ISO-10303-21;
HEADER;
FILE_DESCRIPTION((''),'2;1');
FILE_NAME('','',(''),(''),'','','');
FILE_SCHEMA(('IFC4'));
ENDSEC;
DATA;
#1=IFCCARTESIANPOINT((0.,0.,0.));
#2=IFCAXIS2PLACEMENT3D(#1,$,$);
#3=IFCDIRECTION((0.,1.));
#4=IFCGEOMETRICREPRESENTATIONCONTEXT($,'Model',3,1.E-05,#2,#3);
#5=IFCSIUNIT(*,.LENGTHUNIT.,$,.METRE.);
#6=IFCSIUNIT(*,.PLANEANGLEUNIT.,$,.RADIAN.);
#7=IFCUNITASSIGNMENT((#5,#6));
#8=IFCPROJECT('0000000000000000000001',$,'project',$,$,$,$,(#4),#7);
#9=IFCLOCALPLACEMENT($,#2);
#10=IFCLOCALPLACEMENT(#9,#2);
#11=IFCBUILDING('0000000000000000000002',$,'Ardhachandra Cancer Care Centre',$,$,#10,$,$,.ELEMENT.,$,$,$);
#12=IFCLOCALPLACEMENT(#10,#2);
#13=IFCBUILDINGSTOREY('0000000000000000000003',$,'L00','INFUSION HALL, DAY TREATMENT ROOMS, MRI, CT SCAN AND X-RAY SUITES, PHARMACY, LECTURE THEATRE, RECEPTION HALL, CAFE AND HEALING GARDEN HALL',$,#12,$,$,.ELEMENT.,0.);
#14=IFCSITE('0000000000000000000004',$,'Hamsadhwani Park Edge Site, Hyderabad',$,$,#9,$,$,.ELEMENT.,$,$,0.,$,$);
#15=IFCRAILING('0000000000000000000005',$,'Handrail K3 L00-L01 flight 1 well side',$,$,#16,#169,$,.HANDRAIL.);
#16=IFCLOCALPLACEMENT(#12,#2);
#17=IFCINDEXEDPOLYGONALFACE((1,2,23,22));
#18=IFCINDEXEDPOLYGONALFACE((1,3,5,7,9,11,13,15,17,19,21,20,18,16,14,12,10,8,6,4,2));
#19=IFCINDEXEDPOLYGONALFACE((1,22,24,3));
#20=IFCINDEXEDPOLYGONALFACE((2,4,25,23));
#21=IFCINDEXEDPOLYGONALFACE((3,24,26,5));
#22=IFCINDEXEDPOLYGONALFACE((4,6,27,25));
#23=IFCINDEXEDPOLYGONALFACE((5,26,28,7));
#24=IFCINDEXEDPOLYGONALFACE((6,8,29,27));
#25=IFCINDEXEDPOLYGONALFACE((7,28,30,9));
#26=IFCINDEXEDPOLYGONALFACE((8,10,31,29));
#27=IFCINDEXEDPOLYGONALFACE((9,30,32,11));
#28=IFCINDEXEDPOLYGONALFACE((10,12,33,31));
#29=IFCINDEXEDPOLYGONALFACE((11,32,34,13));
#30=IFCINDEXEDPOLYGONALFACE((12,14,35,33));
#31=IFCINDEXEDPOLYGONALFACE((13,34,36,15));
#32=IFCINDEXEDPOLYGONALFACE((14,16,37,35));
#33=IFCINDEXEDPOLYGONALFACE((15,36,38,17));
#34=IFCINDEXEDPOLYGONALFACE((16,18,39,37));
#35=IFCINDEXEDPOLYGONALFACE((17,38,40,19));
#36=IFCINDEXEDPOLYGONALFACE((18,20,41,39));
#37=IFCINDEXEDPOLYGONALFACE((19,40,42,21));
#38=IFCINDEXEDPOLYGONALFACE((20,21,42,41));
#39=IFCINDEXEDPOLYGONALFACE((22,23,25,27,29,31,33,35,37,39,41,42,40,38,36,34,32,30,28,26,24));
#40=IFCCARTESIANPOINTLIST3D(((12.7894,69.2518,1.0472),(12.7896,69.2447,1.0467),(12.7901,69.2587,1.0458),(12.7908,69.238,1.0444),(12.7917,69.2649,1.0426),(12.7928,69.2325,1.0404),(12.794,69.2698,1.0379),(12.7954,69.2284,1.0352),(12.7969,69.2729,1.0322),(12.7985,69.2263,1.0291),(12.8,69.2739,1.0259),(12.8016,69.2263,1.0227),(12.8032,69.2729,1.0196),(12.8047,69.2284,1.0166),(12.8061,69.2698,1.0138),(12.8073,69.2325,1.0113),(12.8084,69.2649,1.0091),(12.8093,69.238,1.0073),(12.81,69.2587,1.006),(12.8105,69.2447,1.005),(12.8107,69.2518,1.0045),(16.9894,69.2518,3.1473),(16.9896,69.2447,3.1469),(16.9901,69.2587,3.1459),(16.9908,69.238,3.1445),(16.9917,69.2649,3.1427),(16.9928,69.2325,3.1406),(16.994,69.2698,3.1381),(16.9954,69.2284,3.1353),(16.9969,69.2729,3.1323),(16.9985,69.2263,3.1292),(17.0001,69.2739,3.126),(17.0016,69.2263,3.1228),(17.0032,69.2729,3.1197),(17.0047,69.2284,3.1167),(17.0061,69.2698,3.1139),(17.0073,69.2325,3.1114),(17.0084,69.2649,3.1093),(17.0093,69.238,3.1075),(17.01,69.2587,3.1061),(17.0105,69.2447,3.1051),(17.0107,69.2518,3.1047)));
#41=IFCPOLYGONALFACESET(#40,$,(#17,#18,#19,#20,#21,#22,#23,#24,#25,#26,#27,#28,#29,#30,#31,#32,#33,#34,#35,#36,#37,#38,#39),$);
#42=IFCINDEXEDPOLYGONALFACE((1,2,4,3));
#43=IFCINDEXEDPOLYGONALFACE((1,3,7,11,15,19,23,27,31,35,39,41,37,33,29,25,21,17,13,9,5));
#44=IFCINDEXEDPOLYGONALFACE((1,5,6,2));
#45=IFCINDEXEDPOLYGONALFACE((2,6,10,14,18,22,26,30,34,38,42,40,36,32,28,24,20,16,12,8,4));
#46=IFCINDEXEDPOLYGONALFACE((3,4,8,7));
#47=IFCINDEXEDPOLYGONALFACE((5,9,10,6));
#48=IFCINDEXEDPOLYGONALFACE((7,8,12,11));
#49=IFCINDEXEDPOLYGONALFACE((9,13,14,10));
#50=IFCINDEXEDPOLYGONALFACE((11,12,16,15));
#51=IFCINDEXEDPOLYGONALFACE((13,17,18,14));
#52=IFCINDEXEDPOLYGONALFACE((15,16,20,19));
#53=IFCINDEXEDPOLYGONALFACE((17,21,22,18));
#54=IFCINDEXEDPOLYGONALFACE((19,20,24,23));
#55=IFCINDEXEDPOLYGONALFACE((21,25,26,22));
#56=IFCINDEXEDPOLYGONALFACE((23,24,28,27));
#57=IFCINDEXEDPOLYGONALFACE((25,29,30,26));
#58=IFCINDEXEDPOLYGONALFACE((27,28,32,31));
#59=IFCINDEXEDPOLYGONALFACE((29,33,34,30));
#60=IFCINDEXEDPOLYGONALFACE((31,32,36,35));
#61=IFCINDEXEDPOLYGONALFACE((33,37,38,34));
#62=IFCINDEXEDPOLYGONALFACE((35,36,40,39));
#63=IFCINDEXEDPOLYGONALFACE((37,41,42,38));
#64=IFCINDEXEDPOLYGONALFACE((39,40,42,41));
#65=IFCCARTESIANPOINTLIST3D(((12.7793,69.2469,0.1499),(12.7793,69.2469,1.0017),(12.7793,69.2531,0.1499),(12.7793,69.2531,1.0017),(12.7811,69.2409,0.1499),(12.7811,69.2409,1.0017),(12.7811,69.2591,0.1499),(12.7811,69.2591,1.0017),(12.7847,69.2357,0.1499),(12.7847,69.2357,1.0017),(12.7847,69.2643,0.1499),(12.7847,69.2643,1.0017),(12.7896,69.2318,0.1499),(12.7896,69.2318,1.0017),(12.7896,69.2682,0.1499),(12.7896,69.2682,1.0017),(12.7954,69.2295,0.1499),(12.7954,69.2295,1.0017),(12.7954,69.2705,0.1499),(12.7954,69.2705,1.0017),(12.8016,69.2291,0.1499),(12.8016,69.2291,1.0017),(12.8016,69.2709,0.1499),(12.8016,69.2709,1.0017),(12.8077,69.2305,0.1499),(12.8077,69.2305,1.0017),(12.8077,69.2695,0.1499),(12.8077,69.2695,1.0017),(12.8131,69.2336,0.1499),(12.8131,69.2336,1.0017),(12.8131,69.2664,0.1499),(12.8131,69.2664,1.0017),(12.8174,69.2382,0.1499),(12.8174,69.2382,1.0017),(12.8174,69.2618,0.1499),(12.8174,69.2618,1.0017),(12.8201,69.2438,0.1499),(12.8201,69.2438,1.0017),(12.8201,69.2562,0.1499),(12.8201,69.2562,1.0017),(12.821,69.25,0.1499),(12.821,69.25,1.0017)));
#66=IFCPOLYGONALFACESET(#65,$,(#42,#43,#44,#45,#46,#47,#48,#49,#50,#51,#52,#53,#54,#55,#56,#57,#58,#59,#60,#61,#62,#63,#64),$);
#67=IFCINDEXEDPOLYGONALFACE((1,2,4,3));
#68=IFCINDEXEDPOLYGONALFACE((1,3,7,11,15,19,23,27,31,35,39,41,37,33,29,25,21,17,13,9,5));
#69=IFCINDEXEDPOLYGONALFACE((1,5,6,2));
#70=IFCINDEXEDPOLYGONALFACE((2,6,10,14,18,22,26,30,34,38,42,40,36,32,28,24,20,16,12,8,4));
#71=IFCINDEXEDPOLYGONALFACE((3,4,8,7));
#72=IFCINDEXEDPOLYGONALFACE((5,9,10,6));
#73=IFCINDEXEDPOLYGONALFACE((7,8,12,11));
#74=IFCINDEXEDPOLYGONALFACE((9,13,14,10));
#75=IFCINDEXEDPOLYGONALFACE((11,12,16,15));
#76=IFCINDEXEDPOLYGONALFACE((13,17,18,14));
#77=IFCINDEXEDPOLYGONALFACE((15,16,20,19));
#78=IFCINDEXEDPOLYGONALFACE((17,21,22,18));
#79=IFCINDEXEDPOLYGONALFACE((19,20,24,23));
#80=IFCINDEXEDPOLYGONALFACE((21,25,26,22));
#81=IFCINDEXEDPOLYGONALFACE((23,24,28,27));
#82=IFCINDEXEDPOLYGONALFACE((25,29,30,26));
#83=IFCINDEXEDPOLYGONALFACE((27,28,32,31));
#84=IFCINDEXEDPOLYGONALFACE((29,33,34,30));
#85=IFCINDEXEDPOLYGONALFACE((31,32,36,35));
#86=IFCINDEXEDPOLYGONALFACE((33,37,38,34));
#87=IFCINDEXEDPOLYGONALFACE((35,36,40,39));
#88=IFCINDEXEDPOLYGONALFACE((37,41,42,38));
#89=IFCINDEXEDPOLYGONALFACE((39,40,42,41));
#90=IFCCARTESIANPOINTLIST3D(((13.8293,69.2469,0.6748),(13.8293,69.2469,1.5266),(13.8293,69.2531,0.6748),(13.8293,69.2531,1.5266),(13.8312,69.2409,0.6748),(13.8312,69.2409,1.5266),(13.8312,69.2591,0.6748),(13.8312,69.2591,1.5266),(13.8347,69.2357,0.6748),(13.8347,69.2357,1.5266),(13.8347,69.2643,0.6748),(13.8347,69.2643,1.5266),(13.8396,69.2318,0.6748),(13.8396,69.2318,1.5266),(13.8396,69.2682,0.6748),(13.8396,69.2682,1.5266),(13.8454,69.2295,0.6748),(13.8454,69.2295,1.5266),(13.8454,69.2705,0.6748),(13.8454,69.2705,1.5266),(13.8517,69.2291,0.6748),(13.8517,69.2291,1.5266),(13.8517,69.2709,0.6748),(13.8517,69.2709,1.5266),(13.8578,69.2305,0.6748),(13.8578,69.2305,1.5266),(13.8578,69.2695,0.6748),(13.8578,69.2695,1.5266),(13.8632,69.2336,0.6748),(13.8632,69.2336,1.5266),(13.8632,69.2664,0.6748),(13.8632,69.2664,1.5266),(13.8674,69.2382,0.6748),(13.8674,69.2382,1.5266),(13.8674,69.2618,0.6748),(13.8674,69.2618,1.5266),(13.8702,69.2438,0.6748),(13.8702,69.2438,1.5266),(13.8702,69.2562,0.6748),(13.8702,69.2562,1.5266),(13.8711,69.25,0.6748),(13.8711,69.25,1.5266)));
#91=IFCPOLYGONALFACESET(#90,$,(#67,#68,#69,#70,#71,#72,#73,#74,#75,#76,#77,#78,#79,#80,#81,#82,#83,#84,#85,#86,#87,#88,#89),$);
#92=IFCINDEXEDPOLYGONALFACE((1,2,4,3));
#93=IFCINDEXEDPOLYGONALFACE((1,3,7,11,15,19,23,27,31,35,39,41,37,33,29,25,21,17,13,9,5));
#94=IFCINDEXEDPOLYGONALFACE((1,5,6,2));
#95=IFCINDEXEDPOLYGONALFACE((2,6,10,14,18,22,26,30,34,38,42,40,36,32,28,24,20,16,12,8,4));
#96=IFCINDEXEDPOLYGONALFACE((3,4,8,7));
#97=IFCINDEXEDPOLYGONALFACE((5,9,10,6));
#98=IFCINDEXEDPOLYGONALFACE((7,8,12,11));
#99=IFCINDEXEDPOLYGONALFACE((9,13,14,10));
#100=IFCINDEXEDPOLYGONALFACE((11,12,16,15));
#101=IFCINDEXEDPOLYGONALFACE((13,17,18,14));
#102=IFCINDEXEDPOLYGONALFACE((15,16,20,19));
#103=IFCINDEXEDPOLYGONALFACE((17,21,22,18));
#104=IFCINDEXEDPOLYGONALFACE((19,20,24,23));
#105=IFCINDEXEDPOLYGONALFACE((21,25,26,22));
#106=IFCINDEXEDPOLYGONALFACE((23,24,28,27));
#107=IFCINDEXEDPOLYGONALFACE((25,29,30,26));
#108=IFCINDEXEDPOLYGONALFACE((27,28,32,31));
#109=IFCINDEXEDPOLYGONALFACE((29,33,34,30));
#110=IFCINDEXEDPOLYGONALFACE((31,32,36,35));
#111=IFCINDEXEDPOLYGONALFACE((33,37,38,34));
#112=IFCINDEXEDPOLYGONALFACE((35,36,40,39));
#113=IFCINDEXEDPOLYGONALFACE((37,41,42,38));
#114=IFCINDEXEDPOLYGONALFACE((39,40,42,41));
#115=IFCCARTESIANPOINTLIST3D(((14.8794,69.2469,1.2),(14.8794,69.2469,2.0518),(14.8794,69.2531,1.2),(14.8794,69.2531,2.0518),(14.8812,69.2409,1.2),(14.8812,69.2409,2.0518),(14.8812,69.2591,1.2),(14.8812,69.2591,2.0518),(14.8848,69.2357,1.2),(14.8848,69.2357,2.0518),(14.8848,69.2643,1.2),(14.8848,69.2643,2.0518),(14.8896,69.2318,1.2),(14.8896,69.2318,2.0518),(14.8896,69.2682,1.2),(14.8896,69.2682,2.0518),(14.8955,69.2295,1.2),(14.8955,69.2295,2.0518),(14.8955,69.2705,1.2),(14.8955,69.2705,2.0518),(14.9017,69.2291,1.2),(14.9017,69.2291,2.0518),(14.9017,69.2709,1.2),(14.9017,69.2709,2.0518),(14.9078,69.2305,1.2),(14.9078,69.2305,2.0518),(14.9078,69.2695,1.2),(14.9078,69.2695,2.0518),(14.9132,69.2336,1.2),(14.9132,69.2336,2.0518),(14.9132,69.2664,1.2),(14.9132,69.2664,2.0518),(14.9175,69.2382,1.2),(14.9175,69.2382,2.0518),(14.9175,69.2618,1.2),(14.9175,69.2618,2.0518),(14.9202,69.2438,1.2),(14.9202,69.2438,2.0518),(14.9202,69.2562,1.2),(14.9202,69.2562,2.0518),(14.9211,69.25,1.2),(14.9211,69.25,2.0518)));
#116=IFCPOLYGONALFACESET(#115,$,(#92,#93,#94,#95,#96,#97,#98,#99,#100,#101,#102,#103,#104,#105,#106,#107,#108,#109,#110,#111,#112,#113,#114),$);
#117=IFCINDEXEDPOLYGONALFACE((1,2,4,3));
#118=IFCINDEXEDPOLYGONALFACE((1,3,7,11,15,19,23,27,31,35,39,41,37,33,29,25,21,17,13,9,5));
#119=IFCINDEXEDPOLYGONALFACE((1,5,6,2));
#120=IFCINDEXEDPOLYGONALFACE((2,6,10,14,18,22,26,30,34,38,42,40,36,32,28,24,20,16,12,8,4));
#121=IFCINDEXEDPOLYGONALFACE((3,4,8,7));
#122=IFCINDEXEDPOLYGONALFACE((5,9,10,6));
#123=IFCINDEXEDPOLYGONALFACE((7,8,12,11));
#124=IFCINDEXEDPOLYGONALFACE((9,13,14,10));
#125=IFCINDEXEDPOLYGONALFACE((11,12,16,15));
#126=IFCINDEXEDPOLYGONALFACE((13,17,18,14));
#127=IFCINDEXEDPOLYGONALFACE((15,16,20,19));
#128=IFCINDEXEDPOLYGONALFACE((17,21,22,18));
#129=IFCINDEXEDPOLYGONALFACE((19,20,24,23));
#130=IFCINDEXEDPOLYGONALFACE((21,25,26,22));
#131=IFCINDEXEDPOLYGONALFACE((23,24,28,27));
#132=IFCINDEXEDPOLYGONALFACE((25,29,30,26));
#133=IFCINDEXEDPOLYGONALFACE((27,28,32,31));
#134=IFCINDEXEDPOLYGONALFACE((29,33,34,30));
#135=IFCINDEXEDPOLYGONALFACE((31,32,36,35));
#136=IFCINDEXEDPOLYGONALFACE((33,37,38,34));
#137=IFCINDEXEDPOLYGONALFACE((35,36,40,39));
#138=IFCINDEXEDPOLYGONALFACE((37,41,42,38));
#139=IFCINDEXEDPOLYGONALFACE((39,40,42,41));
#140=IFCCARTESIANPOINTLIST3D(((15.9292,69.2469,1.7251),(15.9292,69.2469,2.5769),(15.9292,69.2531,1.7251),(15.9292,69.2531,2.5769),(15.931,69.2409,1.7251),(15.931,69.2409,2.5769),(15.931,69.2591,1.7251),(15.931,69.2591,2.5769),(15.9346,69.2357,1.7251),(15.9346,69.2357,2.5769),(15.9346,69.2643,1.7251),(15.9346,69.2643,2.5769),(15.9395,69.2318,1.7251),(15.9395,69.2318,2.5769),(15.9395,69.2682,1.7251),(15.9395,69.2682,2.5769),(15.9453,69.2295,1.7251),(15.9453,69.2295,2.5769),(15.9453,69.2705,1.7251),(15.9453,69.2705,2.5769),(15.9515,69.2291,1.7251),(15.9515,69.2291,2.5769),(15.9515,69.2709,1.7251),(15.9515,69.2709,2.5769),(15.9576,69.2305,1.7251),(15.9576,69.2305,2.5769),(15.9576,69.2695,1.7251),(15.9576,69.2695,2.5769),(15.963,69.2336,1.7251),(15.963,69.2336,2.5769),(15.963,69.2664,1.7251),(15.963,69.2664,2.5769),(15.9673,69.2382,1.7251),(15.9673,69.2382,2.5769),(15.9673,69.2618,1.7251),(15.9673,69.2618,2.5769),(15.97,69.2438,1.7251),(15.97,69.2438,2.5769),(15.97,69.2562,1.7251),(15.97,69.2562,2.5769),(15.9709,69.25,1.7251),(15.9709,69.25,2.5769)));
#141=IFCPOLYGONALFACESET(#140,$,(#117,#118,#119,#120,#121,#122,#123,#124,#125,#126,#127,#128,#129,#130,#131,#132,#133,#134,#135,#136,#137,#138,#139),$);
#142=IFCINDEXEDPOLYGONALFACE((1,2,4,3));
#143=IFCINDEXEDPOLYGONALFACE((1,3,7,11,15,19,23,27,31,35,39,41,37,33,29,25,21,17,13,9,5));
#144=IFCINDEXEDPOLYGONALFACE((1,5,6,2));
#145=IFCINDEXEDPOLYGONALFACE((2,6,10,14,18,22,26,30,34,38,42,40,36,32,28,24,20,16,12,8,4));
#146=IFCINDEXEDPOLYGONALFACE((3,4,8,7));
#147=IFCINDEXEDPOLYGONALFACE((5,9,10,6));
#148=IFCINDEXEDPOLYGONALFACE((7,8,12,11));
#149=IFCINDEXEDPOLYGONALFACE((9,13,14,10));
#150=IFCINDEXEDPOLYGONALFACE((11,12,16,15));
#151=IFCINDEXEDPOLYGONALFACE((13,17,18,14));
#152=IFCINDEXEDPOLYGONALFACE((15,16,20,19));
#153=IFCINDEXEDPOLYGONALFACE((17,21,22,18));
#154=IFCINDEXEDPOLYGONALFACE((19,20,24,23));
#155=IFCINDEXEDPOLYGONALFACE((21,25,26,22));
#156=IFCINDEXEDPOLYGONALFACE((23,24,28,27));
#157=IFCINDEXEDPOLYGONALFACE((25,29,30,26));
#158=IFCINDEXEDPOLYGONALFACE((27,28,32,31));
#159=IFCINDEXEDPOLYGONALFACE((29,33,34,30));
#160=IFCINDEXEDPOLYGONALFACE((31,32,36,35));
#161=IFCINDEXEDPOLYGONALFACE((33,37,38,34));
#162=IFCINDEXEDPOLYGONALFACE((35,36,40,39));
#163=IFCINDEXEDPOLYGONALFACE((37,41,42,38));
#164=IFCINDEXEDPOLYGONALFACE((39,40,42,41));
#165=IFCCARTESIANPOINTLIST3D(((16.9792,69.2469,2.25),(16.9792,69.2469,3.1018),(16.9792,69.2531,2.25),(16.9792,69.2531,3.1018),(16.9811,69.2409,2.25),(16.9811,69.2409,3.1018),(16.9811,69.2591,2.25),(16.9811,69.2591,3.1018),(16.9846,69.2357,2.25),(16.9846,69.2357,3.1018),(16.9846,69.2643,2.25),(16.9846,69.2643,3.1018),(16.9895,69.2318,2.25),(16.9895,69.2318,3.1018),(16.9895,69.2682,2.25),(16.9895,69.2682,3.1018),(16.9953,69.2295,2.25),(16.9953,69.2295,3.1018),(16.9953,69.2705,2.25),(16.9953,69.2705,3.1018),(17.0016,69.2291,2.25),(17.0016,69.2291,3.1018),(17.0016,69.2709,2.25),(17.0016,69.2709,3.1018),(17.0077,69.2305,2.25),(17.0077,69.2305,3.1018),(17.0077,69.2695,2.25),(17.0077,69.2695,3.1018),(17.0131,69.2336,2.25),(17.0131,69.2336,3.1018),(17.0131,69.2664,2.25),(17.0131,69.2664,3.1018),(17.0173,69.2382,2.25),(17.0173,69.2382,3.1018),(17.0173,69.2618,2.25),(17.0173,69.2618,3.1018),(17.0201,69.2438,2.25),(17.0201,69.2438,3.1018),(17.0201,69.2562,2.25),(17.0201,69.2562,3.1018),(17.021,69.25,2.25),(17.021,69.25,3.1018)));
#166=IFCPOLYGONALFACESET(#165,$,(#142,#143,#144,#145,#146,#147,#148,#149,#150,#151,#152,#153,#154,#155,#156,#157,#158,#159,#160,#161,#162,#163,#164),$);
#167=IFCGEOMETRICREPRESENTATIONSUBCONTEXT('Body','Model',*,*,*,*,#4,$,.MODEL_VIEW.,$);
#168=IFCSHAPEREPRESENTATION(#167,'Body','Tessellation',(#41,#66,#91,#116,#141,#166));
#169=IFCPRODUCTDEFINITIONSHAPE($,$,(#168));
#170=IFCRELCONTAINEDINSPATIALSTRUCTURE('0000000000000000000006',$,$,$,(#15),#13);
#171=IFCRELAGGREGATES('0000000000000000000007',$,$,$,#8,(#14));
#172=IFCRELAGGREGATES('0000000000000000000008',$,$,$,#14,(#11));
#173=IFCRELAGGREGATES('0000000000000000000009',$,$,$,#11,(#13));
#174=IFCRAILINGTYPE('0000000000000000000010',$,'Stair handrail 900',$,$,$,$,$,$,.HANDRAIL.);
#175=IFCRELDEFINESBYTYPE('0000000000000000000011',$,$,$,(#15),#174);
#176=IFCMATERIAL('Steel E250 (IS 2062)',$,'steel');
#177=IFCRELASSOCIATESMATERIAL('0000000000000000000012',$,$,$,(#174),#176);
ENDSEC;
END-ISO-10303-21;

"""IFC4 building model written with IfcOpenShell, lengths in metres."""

from ifc_helpers import new_model, si_unit, direction, frame, origin, origin_2d, place, context, subcontext, project, spatial, circle, extrude, material, type_object, element, save


model = new_model("IFC4")

# Units and contexts
model_context = context("Model", 3, precision=1e-05, world=origin(), true_north=direction((0.0, 1.0)))
body_context = subcontext(model_context, "Body", "Model", "MODEL_VIEW")
ifc_project = project(units=[si_unit("LENGTHUNIT", "METRE"), si_unit("PLANEANGLEUNIT", "RADIAN")], contexts=[model_context])

# Site, building, storey
site_placement = place(None, origin())
site = spatial("IfcSite", under=ifc_project, at=site_placement, Name="Hamsadhwani Park Edge Site, Hyderabad", CompositionType="ELEMENT", RefElevation=0.0)
building_placement = place(site_placement, origin())
building = spatial("IfcBuilding", under=site, at=building_placement, Name="Ardhachandra Cancer Care Centre", CompositionType="ELEMENT")
storey_placement = place(building_placement, origin())
storey = spatial("IfcBuildingStorey", under=building, at=storey_placement, Name="L00", Description="INFUSION HALL, DAY TREATMENT ROOMS, MRI, CT SCAN AND X-RAY SUITES, PHARMACY, LECTURE THEATRE, RECEPTION HALL, CAFE AND HEALING GARDEN HALL", CompositionType="ELEMENT", Elevation=0.0)

# Railing
ifc_material_1 = material(Name="Steel E250 (IS 2062)", Category="steel")
railing_type = type_object("IfcRailingType", Name="Stair handrail 900", PredefinedType="HANDRAIL", material=ifc_material_1)
railing_placement = place(storey_placement, frame((12.8, 69.25, 0.1499)))
element("IfcRailing", 1, at=railing_placement, inside=storey, type_object=railing_type, Name="Handrail K3 L00-L01 flight 1 well side", PredefinedType="HANDRAIL", context=body_context, shape_type="SweptSolid", body=[
    extrude(circle(Radius=0.0239, at=origin_2d()), frame((0.0, 0.0, 0.876), z_axis=(0.894417, 0.0, 0.447234), x_axis=(0.0, 1.0, 0.0)), (0.0, 0.0, 1.0), 4.6958),
    extrude(circle(Radius=0.021, at=origin_2d()), origin(), (0.0, 0.0, 1.0), 0.8518),
    extrude(circle(Radius=0.021, at=origin_2d()), frame((1.05, 0.0, 0.5249)), (0.0, 0.0, 1.0), 0.8518),
    extrude(circle(Radius=0.021, at=origin_2d()), frame((2.1001, 0.0, 1.05)), (0.0, 0.0, 1.0), 0.8518),
    extrude(circle(Radius=0.021, at=origin_2d()), frame((3.1499, 0.0, 1.5752)), (0.0, 0.0, 1.0), 0.8518),
    extrude(circle(Radius=0.021, at=origin_2d()), frame((4.2, 0.0, 2.1001)), (0.0, 0.0, 1.0), 0.8518),
])

save(model, "model.ifc")
